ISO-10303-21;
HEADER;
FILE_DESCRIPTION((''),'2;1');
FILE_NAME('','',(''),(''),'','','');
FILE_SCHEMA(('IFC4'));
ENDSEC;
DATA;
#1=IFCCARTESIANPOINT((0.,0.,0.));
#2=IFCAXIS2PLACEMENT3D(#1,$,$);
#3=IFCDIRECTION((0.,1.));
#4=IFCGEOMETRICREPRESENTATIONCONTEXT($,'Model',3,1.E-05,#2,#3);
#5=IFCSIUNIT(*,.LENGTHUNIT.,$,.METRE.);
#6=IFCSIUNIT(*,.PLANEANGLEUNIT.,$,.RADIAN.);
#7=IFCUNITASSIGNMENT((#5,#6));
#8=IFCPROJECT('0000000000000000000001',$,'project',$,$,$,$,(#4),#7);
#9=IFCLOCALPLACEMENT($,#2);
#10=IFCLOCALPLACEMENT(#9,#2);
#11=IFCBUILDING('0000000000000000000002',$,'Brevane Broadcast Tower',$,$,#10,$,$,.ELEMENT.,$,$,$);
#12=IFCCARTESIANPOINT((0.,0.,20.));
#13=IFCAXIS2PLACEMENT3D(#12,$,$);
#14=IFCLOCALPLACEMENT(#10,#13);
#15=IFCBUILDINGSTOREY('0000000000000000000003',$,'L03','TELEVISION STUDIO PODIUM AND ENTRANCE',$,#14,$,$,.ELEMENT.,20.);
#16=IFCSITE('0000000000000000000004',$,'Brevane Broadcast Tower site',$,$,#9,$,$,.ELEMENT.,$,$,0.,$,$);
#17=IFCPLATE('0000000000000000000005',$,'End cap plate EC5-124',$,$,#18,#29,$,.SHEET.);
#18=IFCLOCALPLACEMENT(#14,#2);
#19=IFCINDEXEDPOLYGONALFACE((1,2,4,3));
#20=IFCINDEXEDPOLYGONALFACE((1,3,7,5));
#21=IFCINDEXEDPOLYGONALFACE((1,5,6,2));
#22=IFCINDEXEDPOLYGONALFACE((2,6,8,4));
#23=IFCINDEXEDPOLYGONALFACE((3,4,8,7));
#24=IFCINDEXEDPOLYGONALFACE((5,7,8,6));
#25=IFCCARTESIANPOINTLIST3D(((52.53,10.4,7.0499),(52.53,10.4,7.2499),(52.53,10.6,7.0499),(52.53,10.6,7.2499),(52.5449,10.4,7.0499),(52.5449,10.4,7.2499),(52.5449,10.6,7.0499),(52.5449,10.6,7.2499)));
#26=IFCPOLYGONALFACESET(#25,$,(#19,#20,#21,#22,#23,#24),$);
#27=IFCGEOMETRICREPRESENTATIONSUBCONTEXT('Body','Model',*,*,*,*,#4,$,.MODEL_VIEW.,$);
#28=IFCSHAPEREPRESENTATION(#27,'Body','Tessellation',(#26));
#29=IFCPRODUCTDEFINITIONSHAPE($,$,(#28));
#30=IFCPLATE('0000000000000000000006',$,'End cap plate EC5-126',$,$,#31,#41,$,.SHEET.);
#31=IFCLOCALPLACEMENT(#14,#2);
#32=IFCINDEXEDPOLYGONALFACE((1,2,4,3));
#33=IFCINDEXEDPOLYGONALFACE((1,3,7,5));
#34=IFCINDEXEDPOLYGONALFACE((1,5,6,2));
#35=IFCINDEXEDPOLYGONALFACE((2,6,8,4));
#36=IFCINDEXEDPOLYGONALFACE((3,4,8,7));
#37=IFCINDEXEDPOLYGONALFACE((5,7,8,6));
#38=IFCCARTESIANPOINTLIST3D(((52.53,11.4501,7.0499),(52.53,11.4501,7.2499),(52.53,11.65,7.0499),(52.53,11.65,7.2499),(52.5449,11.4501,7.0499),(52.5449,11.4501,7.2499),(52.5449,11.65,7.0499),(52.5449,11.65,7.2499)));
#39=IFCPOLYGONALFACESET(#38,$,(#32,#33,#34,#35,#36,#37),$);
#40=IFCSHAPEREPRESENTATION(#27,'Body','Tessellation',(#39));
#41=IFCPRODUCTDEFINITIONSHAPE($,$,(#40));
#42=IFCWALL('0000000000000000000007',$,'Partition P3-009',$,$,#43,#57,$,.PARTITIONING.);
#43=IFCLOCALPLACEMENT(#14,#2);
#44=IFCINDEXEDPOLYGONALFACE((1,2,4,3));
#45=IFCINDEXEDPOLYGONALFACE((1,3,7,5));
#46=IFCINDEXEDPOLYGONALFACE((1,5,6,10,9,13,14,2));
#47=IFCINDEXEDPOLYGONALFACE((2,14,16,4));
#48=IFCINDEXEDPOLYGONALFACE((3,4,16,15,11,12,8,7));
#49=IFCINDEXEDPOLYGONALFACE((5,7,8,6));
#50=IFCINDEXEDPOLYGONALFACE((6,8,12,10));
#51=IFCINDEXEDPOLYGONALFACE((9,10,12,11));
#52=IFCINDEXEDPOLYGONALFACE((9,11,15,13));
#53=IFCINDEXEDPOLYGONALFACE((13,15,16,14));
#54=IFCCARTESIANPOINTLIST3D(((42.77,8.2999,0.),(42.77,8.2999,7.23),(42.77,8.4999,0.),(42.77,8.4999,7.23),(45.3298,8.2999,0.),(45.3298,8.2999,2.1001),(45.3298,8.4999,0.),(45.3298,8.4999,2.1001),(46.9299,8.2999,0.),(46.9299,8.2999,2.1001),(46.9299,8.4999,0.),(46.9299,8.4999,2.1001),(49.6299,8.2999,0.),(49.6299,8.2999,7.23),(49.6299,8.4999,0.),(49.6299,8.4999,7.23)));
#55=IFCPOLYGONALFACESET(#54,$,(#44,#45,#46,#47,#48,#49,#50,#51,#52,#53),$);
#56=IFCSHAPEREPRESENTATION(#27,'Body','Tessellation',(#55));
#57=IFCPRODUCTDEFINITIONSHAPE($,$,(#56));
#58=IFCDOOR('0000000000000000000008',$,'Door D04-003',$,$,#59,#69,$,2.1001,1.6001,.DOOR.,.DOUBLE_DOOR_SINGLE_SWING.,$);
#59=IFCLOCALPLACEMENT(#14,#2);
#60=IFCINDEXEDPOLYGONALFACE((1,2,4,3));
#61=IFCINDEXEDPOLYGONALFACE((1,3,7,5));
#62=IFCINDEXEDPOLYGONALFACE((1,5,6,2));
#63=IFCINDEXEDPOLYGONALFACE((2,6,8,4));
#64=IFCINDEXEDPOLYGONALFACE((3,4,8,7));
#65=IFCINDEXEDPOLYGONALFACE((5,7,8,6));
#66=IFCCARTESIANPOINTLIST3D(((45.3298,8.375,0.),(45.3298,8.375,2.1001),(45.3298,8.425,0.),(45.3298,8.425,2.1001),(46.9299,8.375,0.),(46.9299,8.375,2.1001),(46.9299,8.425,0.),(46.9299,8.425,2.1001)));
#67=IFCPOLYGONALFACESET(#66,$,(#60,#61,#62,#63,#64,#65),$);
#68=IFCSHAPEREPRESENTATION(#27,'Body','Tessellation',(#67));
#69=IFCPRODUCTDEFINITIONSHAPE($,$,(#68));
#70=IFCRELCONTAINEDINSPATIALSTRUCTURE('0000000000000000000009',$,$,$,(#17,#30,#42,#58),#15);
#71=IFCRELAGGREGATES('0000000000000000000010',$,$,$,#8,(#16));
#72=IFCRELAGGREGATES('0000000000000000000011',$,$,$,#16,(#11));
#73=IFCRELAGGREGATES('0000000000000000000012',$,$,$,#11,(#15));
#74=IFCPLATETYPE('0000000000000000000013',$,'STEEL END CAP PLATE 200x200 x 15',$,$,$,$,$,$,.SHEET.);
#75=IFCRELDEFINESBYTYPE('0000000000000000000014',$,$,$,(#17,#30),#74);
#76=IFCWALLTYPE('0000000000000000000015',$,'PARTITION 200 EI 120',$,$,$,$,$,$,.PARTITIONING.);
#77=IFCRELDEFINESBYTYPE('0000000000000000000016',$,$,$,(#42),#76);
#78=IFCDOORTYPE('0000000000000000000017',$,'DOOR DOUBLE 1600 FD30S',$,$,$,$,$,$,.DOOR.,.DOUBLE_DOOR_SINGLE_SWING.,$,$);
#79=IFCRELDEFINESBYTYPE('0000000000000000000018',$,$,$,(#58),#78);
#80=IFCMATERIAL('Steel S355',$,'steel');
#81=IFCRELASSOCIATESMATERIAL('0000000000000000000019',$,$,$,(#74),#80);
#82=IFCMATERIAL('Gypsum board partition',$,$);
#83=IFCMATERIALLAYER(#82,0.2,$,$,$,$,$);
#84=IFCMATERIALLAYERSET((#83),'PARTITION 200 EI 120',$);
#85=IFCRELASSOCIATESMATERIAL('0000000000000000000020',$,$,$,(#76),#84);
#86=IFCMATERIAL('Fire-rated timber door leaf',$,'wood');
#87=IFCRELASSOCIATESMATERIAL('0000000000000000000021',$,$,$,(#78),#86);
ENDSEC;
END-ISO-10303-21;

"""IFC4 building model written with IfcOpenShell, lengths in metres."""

from ifc_helpers import new_model, si_unit, direction, frame, frame_2d, origin, origin_2d, place, context, subcontext, project, spatial, rectangle, extrude, material, layer, layer_set, material_profile, profile_set, type_object, element, fill, save


model = new_model("IFC4")

# Units and contexts
model_context = context("Model", 3, precision=1e-05, world=origin(), true_north=direction((0.0, 1.0)))
body_context = subcontext(model_context, "Body", "Model", "MODEL_VIEW")
ifc_project = project(units=[si_unit("LENGTHUNIT", "METRE"), si_unit("PLANEANGLEUNIT", "RADIAN")], contexts=[model_context])

# Site, building, storey
site_placement = place(None, origin())
site = spatial("IfcSite", under=ifc_project, at=site_placement, Name="Brevane Broadcast Tower site", CompositionType="ELEMENT", RefElevation=0.0)
building_placement = place(site_placement, origin())
building = spatial("IfcBuilding", under=site, at=building_placement, Name="Brevane Broadcast Tower", CompositionType="ELEMENT")
storey_placement = place(building_placement, frame((0.0, 0.0, 20.0)))
storey = spatial("IfcBuildingStorey", under=building, at=storey_placement, Name="L03", Description="TELEVISION STUDIO PODIUM AND ENTRANCE", CompositionType="ELEMENT", Elevation=20.0)

# Shared definitions
ifc_material_1 = material(Name="Steel S355", Category="steel")

# Plates
ifc_material_profile_1 = material_profile(ifc_material_1, rectangle(XDim=0.2, YDim=0.2, at=origin_2d()), Name="PL 200x200 x 15")
ifc_profile_set_1 = profile_set([ifc_material_profile_1], Name="Steel S355")
plate_type = type_object("IfcPlateType", Name="STEEL END CAP PLATE 200x200 x 15", PredefinedType="SHEET", material=ifc_profile_set_1)
for number, where, z_axis, x_axis, name in (
    (1, (52.53, 10.5, 7.1499), (1.0, 0.0, 0.0), (0.0, 1.0, 0.0), "End cap plate EC5-124"),
    (2, (52.53, 11.55, 7.1499), (1.0, 0.0, 0.0), (0.0, 1.0, 0.0), "End cap plate EC5-126"),
):
    element("IfcPlate", number, at=place(storey_placement, frame(where, z_axis=z_axis, x_axis=x_axis)), inside=storey, type_object=plate_type, Name=name, PredefinedType="SHEET", context=body_context, shape_type="SweptSolid", body=[
        extrude(rectangle(XDim=0.2, YDim=0.2, at=origin_2d()), origin(), (0.0, 0.0, 1.0), 0.0149),
    ])

# Wall, opening, door
ifc_material_2 = material(Name="Gypsum board partition")
ifc_layer = layer(ifc_material_2, 0.2)
ifc_layer_set = layer_set([ifc_layer], Name="PARTITION 200 EI 120")
wall_type = type_object("IfcWallType", Name="PARTITION 200 EI 120", PredefinedType="PARTITIONING", material=ifc_layer_set)
wall_placement = place(storey_placement, frame((49.6299, 8.3999, 0.0), z_axis=(0.0, 0.0, 1.0), x_axis=(-1.0, 0.0, 0.0)))
wall = element("IfcWall", 3, at=wall_placement, inside=storey, type_object=wall_type, Name="Partition P3-009", PredefinedType="PARTITIONING", context=body_context, shape_type="SweptSolid", body=[
    extrude(rectangle(XDim=6.8599, YDim=0.2, at=frame_2d((3.4299, 0.0))), origin(), (0.0, 0.0, 1.0), 7.23),
])
opening_placement = place(wall_placement, frame((2.7, 0.0, 0.0)))
opening = element("IfcOpeningElement", 4, at=opening_placement, cuts=wall, PredefinedType="OPENING", context=body_context, shape_type="SweptSolid", body=[
    extrude(rectangle(XDim=1.6001, YDim=2.1001, at=frame_2d((0.8, 1.05))), frame((0.0, 0.1099, 0.0), z_axis=(0.0, -1.0, 0.0), x_axis=(1.0, 0.0, 0.0)), (0.0, 0.0, 1.0), 0.22),
])
ifc_material_3 = material(Name="Fire-rated timber door leaf", Category="wood")
door_type = type_object("IfcDoorType", Name="DOOR DOUBLE 1600 FD30S", OperationType="DOUBLE_DOOR_SINGLE_SWING", PredefinedType="DOOR", material=ifc_material_3)
door_placement = place(opening_placement, origin())
door = element("IfcDoor", 5, at=door_placement, inside=storey, type_object=door_type, Name="Door D04-003", OperationType="DOUBLE_DOOR_SINGLE_SWING", OverallHeight=2.1001, OverallWidth=1.6001, PredefinedType="DOOR", context=body_context, shape_type="SweptSolid", body=[
    extrude(rectangle(XDim=1.6001, YDim=2.1001, at=frame_2d((0.8, 1.05))), frame((0.0, 0.0249, 0.0), z_axis=(0.0, -1.0, 0.0), x_axis=(1.0, 0.0, 0.0)), (0.0, 0.0, 1.0), 0.05),
])
fill(opening, door)

save(model, "model.ifc")
